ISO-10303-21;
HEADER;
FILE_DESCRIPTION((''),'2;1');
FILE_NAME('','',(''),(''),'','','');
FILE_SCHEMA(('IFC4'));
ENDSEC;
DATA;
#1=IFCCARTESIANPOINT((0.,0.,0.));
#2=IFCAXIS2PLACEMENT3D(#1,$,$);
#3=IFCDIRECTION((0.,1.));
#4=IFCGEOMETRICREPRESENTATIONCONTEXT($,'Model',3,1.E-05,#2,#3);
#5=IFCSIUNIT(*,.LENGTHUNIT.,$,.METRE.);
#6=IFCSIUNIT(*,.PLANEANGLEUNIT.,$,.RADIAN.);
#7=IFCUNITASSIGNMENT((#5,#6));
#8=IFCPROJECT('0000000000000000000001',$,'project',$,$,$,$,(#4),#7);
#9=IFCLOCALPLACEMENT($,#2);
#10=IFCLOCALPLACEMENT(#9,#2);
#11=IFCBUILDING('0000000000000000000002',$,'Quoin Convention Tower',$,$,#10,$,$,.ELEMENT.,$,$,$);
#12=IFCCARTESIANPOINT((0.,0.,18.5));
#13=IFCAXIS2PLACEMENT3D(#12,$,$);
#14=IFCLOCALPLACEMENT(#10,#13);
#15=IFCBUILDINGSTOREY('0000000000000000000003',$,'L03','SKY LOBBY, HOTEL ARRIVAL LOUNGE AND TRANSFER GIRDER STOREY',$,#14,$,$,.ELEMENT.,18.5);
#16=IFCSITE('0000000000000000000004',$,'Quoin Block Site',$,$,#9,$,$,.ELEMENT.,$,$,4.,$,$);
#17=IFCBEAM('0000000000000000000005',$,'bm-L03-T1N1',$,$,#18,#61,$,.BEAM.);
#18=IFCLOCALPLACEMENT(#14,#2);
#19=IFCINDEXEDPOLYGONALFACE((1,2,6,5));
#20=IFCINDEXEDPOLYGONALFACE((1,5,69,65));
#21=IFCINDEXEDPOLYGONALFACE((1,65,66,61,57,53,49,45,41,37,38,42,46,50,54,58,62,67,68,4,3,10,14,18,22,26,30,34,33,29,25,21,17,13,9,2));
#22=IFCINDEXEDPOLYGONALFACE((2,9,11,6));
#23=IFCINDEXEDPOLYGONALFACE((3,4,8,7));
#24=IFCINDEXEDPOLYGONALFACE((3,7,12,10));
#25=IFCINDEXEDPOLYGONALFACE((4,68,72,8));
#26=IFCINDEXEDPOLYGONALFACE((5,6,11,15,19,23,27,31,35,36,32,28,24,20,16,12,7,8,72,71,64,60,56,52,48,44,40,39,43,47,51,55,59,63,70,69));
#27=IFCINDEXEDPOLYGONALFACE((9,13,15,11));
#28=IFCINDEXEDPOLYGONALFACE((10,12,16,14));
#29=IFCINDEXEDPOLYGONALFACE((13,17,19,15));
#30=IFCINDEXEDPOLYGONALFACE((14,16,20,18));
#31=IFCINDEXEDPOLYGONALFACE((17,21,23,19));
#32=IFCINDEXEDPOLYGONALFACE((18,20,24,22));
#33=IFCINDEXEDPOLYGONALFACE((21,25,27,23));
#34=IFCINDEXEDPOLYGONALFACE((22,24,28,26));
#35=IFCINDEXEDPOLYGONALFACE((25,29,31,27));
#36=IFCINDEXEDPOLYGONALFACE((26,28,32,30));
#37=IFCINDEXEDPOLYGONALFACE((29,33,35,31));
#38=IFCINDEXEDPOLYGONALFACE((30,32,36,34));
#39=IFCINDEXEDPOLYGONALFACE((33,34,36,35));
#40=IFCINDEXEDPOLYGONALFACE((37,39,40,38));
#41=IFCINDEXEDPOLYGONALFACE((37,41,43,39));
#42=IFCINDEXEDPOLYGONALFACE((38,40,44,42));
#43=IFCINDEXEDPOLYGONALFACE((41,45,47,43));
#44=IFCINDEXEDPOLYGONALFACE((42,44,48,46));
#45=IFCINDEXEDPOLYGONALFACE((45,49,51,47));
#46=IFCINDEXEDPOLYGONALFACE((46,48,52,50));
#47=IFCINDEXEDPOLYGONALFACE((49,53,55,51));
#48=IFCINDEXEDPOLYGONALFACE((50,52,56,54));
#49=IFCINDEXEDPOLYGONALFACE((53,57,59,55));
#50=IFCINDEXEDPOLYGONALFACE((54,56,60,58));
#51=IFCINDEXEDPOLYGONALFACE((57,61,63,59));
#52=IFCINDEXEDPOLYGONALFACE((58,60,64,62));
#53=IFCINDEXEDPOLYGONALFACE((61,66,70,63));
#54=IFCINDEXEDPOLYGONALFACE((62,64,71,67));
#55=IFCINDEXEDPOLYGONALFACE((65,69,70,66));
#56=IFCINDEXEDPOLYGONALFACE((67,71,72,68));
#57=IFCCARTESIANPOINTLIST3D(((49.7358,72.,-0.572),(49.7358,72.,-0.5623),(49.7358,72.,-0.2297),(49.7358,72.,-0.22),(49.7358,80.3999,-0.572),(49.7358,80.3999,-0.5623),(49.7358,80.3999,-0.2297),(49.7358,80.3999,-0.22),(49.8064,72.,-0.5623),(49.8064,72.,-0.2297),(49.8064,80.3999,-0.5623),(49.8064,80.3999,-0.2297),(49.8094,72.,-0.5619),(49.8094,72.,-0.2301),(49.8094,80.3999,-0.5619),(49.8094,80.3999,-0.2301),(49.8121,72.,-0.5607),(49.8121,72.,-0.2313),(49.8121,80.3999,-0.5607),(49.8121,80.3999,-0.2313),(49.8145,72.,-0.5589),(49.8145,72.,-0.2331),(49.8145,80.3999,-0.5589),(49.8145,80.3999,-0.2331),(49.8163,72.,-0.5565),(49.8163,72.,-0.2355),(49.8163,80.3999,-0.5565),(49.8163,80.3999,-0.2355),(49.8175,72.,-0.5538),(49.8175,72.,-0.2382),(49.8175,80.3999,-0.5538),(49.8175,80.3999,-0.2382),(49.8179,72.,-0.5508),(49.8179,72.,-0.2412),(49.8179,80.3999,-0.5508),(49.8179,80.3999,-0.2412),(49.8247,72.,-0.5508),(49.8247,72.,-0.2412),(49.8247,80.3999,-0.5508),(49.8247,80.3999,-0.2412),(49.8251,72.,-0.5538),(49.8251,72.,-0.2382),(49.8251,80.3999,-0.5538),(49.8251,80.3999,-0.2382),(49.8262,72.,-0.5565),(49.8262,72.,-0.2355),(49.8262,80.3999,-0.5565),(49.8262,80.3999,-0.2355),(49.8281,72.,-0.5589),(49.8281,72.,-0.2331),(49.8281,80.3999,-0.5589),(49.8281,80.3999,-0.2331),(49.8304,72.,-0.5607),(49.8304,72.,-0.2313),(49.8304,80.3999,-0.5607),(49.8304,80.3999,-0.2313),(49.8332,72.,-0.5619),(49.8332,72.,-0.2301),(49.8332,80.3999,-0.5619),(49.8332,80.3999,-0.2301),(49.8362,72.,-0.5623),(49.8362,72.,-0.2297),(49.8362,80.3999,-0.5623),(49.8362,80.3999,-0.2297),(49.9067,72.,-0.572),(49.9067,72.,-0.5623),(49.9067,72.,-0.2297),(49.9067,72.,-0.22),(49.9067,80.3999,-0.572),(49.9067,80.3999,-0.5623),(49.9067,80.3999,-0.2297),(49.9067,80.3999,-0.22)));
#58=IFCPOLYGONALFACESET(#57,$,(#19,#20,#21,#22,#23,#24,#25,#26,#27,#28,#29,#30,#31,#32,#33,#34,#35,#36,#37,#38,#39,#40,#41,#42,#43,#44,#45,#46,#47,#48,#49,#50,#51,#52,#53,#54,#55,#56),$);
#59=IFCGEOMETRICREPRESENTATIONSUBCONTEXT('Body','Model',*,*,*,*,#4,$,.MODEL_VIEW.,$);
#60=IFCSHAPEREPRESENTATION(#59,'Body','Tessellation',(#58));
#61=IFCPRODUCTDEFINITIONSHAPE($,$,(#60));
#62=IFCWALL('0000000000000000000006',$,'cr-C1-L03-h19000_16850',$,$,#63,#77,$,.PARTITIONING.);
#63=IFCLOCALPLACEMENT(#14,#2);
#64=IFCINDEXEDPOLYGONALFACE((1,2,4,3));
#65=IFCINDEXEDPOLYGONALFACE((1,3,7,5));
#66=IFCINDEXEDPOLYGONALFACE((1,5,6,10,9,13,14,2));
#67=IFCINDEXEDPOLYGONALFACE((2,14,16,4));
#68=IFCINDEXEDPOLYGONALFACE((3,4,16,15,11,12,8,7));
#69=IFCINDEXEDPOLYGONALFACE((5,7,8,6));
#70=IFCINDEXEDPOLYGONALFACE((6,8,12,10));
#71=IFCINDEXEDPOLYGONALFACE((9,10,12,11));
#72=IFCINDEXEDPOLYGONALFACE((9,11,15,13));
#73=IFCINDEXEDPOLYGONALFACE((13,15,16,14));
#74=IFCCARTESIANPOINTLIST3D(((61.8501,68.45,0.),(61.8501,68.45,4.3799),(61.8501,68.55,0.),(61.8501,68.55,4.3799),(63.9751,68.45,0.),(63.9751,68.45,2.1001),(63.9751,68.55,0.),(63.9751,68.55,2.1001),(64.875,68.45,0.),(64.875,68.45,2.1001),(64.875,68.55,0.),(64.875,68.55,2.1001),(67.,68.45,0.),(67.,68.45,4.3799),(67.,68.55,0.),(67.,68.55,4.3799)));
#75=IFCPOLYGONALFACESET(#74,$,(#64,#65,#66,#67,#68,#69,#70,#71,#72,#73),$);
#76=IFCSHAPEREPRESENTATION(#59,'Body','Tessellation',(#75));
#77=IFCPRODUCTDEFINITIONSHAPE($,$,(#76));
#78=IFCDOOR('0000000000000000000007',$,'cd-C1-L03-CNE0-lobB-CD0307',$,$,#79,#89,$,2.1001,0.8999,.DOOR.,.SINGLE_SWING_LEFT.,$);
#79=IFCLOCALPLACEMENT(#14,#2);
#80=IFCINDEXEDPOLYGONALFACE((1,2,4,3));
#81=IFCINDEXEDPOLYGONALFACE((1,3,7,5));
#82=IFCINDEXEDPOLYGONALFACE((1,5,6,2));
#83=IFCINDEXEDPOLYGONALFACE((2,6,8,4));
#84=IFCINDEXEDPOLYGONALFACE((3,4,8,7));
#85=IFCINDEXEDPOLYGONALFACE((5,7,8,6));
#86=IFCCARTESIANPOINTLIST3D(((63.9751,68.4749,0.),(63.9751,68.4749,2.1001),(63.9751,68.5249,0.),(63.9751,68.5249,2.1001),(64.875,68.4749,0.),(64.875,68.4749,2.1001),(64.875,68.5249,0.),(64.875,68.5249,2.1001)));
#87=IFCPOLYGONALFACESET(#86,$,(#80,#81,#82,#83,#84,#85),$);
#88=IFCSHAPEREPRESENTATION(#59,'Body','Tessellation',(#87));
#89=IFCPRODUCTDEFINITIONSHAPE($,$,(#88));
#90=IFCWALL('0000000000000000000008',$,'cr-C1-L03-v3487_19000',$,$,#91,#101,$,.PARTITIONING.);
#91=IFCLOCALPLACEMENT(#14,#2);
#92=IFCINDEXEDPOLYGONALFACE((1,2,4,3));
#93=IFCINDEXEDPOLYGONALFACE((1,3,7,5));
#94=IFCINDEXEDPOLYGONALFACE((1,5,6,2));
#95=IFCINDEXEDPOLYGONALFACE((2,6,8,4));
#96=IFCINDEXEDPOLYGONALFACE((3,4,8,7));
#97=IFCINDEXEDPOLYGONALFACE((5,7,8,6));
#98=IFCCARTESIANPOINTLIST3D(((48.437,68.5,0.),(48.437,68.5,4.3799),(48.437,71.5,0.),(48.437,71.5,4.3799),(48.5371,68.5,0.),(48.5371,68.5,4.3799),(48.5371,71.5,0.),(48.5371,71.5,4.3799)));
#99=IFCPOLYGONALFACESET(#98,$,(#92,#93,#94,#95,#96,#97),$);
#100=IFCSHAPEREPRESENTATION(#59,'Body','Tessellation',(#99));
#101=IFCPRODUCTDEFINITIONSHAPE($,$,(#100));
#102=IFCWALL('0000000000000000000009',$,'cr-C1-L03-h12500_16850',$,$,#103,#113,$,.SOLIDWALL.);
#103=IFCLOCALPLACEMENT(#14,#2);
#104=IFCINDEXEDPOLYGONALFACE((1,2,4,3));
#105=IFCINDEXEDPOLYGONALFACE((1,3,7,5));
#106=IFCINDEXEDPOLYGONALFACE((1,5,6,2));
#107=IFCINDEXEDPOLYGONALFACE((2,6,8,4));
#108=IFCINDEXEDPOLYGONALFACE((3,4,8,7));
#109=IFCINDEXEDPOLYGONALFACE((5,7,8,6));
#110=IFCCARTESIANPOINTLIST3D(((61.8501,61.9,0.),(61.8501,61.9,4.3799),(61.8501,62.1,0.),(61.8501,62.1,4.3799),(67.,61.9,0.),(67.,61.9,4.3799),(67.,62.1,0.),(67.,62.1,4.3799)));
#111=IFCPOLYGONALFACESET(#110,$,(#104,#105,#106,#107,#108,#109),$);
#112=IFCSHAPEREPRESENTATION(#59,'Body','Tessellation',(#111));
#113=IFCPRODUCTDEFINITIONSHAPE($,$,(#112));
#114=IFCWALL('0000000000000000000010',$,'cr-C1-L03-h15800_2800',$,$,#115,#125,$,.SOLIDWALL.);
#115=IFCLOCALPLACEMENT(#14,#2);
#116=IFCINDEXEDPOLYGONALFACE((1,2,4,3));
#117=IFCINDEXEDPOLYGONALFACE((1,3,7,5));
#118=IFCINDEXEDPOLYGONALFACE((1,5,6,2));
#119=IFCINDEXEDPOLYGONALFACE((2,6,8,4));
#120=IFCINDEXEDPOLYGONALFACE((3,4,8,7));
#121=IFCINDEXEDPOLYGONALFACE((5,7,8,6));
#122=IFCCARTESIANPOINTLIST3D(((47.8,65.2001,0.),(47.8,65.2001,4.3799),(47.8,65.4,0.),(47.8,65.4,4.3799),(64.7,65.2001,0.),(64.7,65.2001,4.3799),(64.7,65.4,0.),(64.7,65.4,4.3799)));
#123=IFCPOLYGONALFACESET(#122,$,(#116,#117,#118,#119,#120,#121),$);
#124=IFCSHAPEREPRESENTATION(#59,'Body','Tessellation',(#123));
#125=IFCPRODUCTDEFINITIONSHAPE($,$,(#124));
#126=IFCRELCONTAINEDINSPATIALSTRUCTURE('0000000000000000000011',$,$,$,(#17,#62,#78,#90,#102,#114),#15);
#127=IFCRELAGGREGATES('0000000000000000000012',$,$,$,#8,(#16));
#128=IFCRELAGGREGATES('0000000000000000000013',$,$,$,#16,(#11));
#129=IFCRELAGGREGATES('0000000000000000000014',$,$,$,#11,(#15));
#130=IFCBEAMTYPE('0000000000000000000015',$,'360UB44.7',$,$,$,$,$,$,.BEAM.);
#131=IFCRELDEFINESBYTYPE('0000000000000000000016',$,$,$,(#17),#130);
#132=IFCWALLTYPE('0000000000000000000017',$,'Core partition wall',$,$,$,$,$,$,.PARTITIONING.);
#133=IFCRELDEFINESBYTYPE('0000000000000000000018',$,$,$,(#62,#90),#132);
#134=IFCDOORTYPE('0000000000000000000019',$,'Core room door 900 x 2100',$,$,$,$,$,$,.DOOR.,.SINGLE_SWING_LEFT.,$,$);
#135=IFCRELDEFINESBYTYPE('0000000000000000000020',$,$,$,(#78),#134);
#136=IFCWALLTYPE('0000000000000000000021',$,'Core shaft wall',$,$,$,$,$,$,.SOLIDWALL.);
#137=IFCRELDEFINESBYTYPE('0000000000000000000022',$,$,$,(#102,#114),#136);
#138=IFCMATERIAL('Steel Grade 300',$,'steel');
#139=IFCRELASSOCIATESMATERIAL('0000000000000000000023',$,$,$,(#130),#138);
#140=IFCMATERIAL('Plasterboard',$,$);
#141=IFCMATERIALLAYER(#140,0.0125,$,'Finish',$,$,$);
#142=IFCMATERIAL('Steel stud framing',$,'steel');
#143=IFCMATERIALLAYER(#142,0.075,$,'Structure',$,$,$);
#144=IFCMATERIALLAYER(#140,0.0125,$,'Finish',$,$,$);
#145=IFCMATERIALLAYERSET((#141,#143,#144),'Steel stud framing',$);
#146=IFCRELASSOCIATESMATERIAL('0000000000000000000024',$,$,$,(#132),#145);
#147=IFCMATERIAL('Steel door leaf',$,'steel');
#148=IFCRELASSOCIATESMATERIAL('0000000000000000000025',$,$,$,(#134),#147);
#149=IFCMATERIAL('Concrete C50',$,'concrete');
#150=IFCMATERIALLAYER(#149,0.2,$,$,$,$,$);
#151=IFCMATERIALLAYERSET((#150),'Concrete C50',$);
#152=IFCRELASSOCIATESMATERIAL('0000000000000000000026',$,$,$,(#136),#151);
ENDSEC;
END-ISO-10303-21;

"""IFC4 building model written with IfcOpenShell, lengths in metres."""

from ifc_helpers import new_model, si_unit, direction, frame, frame_2d, origin, origin_2d, place, context, subcontext, project, spatial, rectangle, i_section, extrude, material, layer, layer_set, material_profile, profile_set, type_object, element, fill, save


model = new_model("IFC4")

# Units and contexts
model_context = context("Model", 3, precision=1e-05, world=origin(), true_north=direction((0.0, 1.0)))
body_context = subcontext(model_context, "Body", "Model", "MODEL_VIEW")
ifc_project = project(units=[si_unit("LENGTHUNIT", "METRE"), si_unit("PLANEANGLEUNIT", "RADIAN")], contexts=[model_context])

# Site, building, storey
site_placement = place(None, origin())
site = spatial("IfcSite", under=ifc_project, at=site_placement, Name="Quoin Block Site", CompositionType="ELEMENT", RefElevation=4.0)
building_placement = place(site_placement, origin())
building = spatial("IfcBuilding", under=site, at=building_placement, Name="Quoin Convention Tower", CompositionType="ELEMENT")
storey_placement = place(building_placement, frame((0.0, 0.0, 18.5)))
storey = spatial("IfcBuildingStorey", under=building, at=storey_placement, Name="L03", Description="SKY LOBBY, HOTEL ARRIVAL LOUNGE AND TRANSFER GIRDER STOREY", CompositionType="ELEMENT", Elevation=18.5)

# Beam
ifc_material_1 = material(Name="Steel Grade 300", Category="steel")
ifc_material_profile = material_profile(ifc_material_1, i_section(OverallWidth=0.1709, OverallDepth=0.3521, WebThickness=0.0068, FlangeThickness=0.0098, FilletRadius=0.0115, at=origin_2d()), Name="360UB44.7")
ifc_profile_set = profile_set([ifc_material_profile], Name="Steel Grade 300")
beam_type = type_object("IfcBeamType", Name="360UB44.7", PredefinedType="BEAM", material=ifc_profile_set)
beam_placement = place(storey_placement, frame((49.8213, 72.0, -0.396), z_axis=(0.0, 1.0, 0.0), x_axis=(-1.0, 0.0, 0.0)))
element("IfcBeam", 1, at=beam_placement, inside=storey, type_object=beam_type, Name="bm-L03-T1N1", PredefinedType="BEAM", context=body_context, shape_type="SweptSolid", body=[
    extrude(i_section(OverallWidth=0.1709, OverallDepth=0.3521, WebThickness=0.0068, FlangeThickness=0.0098, FilletRadius=0.0115, at=origin_2d()), origin(), (0.0, 0.0, 1.0), 8.3999),
])

# Wall, opening, door
ifc_material_2 = material(Name="Plasterboard")
ifc_layer_1 = layer(ifc_material_2, 0.0125, Name="Finish")
ifc_material_3 = material(Name="Steel stud framing", Category="steel")
ifc_layer_2 = layer(ifc_material_3, 0.075, Name="Structure")
ifc_layer_3 = layer(ifc_material_2, 0.0125, Name="Finish")
ifc_layer_set_1 = layer_set([ifc_layer_1, ifc_layer_2, ifc_layer_3], Name="Steel stud framing")
wall_type_1 = type_object("IfcWallType", Name="Core partition wall", PredefinedType="PARTITIONING", material=ifc_layer_set_1)
wall_1_placement = place(storey_placement, frame((61.8501, 68.5, 0.0), z_axis=(0.0, 0.0, 1.0), x_axis=(1.0, 0.0, 0.0)))
wall_1 = element("IfcWall", 2, at=wall_1_placement, inside=storey, type_object=wall_type_1, Name="cr-C1-L03-h19000_16850", PredefinedType="PARTITIONING", context=body_context, shape_type="SweptSolid", body=[
    extrude(rectangle(XDim=5.1499, YDim=0.1001, at=frame_2d((2.575, 0.0))), origin(), (0.0, 0.0, 1.0), 4.3799),
])
opening_1_placement = place(wall_1_placement, frame((2.125, 0.0, 0.0)))
opening_1 = element("IfcOpeningElement", 3, at=opening_1_placement, cuts=wall_1, PredefinedType="OPENING", context=body_context, shape_type="SweptSolid", body=[
    extrude(rectangle(XDim=0.8999, YDim=2.1001, at=frame_2d((0.45, 1.05))), frame((0.0, 0.0601, 0.0), z_axis=(0.0, -1.0, 0.0), x_axis=(1.0, 0.0, 0.0)), (0.0, 0.0, 1.0), 0.1201),
])
ifc_material_4 = material(Name="Steel door leaf", Category="steel")
door_type_1 = type_object("IfcDoorType", Name="Core room door 900 x 2100", OperationType="SINGLE_SWING_LEFT", PredefinedType="DOOR", material=ifc_material_4)
door_1_placement = place(opening_1_placement, origin())
door_1 = element("IfcDoor", 4, at=door_1_placement, inside=storey, type_object=door_type_1, Name="cd-C1-L03-CNE0-lobB-CD0307", OperationType="SINGLE_SWING_LEFT", OverallHeight=2.1001, OverallWidth=0.8999, PredefinedType="DOOR", context=body_context, shape_type="SweptSolid", body=[
    extrude(rectangle(XDim=0.8999, YDim=2.1001, at=frame_2d((0.45, 1.05))), frame((0.0, 0.0249, 0.0), z_axis=(0.0, -1.0, 0.0), x_axis=(1.0, 0.0, 0.0)), (0.0, 0.0, 1.0), 0.05),
])
fill(opening_1, door_1)

# Walls
wall_2_placement = place(storey_placement, frame((48.4871, 68.5, 0.0), z_axis=(0.0, 0.0, 1.0), x_axis=(0.0, 1.0, 0.0)))
element("IfcWall", 5, at=wall_2_placement, inside=storey, type_object=wall_type_1, Name="cr-C1-L03-v3487_19000", PredefinedType="PARTITIONING", context=body_context, shape_type="SweptSolid", body=[
    extrude(rectangle(XDim=3.0, YDim=0.1001, at=frame_2d((1.5, 0.0))), origin(), (0.0, 0.0, 1.0), 4.3799),
])
ifc_material_5 = material(Name="Concrete C50", Category="concrete")
ifc_layer_4 = layer(ifc_material_5, 0.2)
ifc_layer_set_2 = layer_set([ifc_layer_4], Name="Concrete C50")
wall_type_2 = type_object("IfcWallType", Name="Core shaft wall", PredefinedType="SOLIDWALL", material=ifc_layer_set_2)
wall_3_placement = place(storey_placement, frame((61.8501, 62.0, 0.0), z_axis=(0.0, 0.0, 1.0), x_axis=(1.0, 0.0, 0.0)))
element("IfcWall", 6, at=wall_3_placement, inside=storey, type_object=wall_type_2, Name="cr-C1-L03-h12500_16850", PredefinedType="SOLIDWALL", context=body_context, shape_type="SweptSolid", body=[
    extrude(rectangle(XDim=5.1499, YDim=0.2, at=frame_2d((2.575, 0.0))), origin(), (0.0, 0.0, 1.0), 4.3799),
])
wall_4_placement = place(storey_placement, frame((47.8, 65.3, 0.0), z_axis=(0.0, 0.0, 1.0), x_axis=(1.0, 0.0, 0.0)))
element("IfcWall", 7, at=wall_4_placement, inside=storey, type_object=wall_type_2, Name="cr-C1-L03-h15800_2800", PredefinedType="SOLIDWALL", context=body_context, shape_type="SweptSolid", body=[
    extrude(rectangle(XDim=16.8999, YDim=0.2, at=frame_2d((8.45, 0.0))), origin(), (0.0, 0.0, 1.0), 4.3799),
])

save(model, "model.ifc")
